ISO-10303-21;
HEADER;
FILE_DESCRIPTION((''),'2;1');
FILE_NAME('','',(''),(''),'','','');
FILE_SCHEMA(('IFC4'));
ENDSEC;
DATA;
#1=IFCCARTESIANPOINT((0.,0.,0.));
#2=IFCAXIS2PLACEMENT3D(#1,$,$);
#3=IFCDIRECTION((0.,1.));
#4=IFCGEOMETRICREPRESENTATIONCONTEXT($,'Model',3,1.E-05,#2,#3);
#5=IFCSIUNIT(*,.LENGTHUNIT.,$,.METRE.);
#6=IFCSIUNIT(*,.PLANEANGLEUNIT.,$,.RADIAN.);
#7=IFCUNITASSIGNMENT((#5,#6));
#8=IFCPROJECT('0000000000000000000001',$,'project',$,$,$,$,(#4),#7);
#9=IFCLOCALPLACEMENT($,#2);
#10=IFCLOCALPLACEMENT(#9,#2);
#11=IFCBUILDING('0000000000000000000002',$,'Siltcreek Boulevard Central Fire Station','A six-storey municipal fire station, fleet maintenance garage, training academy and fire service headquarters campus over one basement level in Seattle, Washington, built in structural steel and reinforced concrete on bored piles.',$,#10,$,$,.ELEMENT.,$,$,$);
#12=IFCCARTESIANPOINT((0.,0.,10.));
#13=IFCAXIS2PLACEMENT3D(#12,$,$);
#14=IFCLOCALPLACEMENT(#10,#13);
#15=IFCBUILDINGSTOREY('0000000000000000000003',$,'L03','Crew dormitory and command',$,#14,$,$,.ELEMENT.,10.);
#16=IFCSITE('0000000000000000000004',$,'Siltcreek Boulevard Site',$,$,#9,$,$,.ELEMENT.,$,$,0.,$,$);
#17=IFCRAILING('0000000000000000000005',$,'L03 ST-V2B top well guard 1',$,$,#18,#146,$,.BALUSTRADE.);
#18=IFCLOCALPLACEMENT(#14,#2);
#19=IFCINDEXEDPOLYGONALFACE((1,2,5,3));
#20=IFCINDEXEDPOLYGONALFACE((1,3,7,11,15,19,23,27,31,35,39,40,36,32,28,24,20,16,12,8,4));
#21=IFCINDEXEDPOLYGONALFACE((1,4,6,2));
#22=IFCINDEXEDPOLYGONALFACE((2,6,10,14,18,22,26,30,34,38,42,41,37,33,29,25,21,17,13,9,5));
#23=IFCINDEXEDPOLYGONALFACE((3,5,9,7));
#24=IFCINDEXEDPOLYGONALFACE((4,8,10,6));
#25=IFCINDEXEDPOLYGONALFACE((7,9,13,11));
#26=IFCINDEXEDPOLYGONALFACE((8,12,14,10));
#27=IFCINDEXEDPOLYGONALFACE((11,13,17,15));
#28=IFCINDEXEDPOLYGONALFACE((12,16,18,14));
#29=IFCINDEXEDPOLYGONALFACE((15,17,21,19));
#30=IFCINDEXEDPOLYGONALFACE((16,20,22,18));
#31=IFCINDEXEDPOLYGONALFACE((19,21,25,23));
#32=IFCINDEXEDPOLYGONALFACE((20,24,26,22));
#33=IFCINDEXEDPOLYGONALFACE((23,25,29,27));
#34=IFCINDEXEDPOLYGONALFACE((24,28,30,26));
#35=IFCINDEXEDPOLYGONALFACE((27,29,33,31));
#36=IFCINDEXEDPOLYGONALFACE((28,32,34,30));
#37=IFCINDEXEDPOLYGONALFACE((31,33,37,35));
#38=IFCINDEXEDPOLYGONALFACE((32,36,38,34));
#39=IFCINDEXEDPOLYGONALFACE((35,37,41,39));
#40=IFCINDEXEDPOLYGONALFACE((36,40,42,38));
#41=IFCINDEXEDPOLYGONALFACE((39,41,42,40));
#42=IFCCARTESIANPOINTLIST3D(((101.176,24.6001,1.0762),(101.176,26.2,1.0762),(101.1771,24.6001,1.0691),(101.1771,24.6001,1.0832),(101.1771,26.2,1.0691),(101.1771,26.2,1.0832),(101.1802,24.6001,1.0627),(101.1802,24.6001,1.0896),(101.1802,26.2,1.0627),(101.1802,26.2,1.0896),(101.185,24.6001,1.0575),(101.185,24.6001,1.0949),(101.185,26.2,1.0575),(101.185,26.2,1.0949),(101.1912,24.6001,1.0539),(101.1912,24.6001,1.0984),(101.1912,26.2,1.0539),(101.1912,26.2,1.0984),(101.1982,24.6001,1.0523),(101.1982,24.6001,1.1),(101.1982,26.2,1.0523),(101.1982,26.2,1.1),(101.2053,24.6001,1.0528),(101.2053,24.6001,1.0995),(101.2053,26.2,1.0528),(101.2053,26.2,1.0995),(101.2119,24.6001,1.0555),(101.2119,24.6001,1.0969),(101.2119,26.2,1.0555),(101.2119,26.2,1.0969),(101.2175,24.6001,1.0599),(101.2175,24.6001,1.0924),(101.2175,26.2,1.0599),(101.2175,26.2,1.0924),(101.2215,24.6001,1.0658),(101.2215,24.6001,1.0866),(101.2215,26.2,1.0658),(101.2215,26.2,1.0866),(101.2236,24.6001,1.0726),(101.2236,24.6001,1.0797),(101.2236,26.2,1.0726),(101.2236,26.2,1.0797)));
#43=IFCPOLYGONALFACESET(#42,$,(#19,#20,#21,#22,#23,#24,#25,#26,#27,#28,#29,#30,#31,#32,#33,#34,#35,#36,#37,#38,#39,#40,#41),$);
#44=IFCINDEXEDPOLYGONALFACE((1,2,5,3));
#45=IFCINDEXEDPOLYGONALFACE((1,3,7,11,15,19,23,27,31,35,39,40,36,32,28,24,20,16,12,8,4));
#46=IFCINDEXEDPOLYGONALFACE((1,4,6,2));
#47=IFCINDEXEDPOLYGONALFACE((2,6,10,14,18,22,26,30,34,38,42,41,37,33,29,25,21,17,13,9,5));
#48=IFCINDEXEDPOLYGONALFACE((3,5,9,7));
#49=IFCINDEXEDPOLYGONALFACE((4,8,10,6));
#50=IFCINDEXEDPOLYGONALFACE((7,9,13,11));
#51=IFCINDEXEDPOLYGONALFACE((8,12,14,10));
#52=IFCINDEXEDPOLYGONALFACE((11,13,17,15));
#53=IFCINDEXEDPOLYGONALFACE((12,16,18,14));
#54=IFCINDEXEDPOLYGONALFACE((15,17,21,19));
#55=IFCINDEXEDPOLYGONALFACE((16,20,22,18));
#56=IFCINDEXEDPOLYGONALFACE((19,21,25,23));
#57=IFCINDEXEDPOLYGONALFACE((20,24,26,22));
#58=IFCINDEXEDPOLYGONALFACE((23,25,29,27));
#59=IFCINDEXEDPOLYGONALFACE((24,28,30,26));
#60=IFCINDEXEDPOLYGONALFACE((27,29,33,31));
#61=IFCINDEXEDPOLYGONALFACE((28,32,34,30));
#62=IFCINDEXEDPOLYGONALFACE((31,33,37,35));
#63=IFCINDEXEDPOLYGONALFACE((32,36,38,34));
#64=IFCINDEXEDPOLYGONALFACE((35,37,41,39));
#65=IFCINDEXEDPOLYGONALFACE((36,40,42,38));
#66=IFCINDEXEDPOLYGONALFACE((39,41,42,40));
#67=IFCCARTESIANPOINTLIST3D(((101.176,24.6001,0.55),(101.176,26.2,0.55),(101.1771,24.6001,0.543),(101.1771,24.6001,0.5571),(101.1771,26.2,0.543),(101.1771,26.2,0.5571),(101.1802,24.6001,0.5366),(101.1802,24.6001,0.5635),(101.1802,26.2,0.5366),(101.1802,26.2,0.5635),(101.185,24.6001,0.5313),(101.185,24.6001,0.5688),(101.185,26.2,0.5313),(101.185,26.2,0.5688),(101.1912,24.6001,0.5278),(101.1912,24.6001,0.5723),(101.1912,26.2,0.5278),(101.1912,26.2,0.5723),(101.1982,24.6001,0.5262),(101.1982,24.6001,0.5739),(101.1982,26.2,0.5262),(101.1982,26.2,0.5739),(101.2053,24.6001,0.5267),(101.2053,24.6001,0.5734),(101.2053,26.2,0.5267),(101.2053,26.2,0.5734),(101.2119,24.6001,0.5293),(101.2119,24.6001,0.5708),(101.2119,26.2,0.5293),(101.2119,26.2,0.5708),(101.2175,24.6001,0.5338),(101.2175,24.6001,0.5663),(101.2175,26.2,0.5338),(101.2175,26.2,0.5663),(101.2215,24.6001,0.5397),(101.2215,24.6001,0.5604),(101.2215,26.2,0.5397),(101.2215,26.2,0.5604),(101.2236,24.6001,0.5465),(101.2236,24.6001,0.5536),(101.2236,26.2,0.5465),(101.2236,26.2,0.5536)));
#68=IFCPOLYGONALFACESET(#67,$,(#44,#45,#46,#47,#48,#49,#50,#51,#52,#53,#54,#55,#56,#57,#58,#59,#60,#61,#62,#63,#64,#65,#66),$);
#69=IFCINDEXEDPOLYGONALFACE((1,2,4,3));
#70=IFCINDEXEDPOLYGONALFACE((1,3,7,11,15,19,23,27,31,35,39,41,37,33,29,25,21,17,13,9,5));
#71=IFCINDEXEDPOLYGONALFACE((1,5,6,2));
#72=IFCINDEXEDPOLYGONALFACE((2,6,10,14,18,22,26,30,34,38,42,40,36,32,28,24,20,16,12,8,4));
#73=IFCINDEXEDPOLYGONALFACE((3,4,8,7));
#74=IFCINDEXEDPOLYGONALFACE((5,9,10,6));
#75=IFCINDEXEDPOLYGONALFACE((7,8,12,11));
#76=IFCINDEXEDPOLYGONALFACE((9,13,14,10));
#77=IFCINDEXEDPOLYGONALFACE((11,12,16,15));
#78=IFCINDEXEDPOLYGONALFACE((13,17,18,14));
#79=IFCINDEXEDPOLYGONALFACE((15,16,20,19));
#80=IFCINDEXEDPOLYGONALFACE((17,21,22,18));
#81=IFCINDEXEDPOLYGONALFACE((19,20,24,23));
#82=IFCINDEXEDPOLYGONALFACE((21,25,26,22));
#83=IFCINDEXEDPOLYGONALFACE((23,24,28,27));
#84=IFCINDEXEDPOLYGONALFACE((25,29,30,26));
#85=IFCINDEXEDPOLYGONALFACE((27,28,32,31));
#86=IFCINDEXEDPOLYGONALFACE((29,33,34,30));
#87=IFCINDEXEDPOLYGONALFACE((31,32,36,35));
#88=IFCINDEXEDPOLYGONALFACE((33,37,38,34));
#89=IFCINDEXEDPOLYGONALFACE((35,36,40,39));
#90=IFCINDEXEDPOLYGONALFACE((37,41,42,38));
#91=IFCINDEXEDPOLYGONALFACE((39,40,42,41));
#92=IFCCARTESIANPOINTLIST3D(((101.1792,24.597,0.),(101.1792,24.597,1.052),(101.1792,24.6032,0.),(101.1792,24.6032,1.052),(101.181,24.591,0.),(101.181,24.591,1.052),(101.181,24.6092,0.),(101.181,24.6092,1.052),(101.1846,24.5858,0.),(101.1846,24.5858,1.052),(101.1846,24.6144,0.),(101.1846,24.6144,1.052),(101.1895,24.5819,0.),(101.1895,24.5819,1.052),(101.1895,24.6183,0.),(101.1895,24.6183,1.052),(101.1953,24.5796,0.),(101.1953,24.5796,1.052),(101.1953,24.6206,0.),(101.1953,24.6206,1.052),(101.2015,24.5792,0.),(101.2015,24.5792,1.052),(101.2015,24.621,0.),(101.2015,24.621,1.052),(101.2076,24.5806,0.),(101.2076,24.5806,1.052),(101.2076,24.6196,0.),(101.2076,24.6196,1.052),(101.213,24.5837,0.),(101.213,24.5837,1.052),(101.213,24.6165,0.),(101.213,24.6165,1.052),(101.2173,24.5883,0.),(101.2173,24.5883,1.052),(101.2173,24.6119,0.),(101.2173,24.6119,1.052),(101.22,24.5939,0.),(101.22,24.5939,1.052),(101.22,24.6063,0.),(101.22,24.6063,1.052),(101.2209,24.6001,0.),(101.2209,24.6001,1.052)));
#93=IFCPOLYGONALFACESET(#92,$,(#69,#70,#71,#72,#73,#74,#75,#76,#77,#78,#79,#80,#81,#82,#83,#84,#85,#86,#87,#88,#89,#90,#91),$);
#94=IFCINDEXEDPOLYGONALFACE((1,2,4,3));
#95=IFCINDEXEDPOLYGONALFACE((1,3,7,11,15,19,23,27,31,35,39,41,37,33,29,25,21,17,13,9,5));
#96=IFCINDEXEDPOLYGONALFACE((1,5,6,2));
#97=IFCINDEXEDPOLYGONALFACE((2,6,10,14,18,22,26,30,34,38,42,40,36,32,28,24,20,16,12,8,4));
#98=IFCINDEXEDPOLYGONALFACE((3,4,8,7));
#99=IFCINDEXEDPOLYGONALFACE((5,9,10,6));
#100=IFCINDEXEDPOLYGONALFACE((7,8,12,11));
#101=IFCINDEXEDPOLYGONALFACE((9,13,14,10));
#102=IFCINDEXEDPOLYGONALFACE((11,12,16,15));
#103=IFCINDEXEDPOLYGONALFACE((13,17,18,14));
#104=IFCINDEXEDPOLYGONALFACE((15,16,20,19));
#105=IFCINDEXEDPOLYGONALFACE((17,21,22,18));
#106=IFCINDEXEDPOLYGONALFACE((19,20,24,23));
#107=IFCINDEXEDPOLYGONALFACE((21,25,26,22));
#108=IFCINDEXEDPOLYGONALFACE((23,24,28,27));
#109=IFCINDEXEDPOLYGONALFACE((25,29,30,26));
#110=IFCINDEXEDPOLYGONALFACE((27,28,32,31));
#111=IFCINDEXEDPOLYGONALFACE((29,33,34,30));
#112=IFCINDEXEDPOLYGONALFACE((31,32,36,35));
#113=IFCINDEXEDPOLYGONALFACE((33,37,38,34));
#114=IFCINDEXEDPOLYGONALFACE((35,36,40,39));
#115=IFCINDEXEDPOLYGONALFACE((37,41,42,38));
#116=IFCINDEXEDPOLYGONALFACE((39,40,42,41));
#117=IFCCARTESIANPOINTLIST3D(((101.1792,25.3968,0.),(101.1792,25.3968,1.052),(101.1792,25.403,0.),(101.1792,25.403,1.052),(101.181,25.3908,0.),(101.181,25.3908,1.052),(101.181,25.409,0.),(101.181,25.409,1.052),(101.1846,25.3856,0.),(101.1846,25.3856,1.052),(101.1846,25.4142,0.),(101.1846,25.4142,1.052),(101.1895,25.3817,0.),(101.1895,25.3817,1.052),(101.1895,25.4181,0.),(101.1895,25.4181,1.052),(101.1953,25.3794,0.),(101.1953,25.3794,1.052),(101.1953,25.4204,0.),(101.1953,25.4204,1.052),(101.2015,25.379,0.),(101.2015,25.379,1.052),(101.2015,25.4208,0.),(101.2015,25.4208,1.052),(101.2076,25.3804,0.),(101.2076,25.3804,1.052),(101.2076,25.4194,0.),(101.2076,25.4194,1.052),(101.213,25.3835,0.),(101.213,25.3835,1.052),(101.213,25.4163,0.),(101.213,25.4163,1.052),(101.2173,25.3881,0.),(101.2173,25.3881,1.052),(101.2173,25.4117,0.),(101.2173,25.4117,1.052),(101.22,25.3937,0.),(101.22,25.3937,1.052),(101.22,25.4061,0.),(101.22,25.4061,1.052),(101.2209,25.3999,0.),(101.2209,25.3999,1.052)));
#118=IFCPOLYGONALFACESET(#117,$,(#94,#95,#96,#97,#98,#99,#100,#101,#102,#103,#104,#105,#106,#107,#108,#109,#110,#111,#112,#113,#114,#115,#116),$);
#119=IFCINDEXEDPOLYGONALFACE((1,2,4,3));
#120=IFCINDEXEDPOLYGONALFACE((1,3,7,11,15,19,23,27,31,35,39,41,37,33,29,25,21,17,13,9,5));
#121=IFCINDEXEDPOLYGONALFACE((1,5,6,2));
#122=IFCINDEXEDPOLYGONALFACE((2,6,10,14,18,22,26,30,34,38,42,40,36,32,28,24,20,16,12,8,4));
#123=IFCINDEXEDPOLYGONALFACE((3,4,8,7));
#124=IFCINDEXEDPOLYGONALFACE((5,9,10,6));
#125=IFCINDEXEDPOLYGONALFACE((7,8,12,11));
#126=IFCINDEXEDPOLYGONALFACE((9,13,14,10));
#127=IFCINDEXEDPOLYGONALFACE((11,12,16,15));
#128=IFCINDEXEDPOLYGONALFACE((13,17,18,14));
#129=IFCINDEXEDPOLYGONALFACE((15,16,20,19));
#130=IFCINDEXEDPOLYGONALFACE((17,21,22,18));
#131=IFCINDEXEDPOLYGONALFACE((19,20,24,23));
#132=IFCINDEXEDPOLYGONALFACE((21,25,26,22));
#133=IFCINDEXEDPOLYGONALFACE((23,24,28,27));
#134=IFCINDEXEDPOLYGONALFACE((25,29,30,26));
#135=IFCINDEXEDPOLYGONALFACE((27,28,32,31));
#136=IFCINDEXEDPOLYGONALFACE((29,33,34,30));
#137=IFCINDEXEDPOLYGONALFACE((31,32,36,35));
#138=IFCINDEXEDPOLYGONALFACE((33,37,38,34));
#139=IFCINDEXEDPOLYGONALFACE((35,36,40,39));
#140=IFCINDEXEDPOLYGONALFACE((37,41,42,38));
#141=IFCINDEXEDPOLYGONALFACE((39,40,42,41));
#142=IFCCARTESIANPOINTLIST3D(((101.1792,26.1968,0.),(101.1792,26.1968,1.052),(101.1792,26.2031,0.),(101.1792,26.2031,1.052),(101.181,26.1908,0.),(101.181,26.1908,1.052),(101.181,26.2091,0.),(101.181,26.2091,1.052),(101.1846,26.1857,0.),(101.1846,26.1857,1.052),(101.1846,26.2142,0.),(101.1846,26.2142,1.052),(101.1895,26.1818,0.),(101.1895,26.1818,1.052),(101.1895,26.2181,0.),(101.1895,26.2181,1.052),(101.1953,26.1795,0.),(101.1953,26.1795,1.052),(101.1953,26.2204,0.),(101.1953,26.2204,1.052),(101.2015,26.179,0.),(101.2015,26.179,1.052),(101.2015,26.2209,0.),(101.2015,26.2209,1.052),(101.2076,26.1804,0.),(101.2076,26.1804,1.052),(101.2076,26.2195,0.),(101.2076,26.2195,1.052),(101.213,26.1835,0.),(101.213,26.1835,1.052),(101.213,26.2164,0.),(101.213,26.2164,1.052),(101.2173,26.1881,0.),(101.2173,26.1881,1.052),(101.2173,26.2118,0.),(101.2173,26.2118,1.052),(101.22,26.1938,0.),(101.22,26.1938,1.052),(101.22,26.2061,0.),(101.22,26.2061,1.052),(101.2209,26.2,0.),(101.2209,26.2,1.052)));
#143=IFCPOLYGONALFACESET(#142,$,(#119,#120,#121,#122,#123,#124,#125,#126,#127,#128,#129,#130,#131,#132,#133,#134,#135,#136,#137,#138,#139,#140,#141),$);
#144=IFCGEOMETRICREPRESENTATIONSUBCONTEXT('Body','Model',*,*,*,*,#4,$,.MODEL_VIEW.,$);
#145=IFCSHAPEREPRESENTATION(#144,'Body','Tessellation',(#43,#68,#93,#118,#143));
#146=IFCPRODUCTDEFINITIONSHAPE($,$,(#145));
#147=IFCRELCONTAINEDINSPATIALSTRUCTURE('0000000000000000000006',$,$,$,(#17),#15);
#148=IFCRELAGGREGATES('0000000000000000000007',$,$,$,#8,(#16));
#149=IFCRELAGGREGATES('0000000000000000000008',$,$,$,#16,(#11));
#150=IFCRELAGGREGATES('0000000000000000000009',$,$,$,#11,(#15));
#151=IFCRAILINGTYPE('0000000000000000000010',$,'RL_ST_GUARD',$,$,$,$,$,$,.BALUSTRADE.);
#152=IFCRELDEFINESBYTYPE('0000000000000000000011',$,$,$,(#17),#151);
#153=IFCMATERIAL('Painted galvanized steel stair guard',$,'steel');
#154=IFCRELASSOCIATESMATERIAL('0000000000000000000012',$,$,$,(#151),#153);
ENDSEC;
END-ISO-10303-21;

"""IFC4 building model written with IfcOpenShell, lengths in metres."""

from ifc_helpers import new_model, si_unit, direction, frame, origin, origin_2d, place, context, subcontext, project, spatial, circle, extrude, material, type_object, element, save


model = new_model("IFC4")

# Units and contexts
model_context = context("Model", 3, precision=1e-05, world=origin(), true_north=direction((0.0, 1.0)))
body_context = subcontext(model_context, "Body", "Model", "MODEL_VIEW")
ifc_project = project(units=[si_unit("LENGTHUNIT", "METRE"), si_unit("PLANEANGLEUNIT", "RADIAN")], contexts=[model_context])

# Site, building, storey
site_placement = place(None, origin())
site = spatial("IfcSite", under=ifc_project, at=site_placement, Name="Siltcreek Boulevard Site", CompositionType="ELEMENT", RefElevation=0.0)
building_placement = place(site_placement, origin())
building = spatial("IfcBuilding", under=site, at=building_placement, Name="Siltcreek Boulevard Central Fire Station", Description="A six-storey municipal fire station, fleet maintenance garage, training academy and fire service headquarters campus over one basement level in Seattle, Washington, built in structural steel and reinforced concrete on bored piles.", CompositionType="ELEMENT")
storey_placement = place(building_placement, frame((0.0, 0.0, 10.0)))
storey = spatial("IfcBuildingStorey", under=building, at=storey_placement, Name="L03", Description="Crew dormitory and command", CompositionType="ELEMENT", Elevation=10.0)

# Railing
ifc_material_1 = material(Name="Painted galvanized steel stair guard", Category="steel")
railing_type = type_object("IfcRailingType", Name="RL_ST_GUARD", PredefinedType="BALUSTRADE", material=ifc_material_1)
railing_placement = place(storey_placement, frame((101.2, 24.6001, 0.0)))
element("IfcRailing", 1, at=railing_placement, inside=storey, type_object=railing_type, Name="L03 ST-V2B top well guard 1", PredefinedType="BALUSTRADE", context=body_context, shape_type="SweptSolid", body=[
    extrude(circle(Radius=0.0239, at=origin_2d()), frame((0.0, 0.0, 1.0762), z_axis=(0.0, 1.0, 0.0), x_axis=(-1.0, 0.0, 0.0)), (0.0, 0.0, 1.0), 1.5999),
    extrude(circle(Radius=0.0239, at=origin_2d()), frame((0.0, 0.0, 0.55), z_axis=(0.0, 1.0, 0.0), x_axis=(-1.0, 0.0, 0.0)), (0.0, 0.0, 1.0), 1.5999),
    extrude(circle(Radius=0.021, at=origin_2d()), origin(), (0.0, 0.0, 1.0), 1.052),
    extrude(circle(Radius=0.021, at=origin_2d()), frame((0.0, 0.7998, 0.0)), (0.0, 0.0, 1.0), 1.052),
    extrude(circle(Radius=0.021, at=origin_2d()), frame((0.0, 1.5999, 0.0)), (0.0, 0.0, 1.0), 1.052),
])

save(model, "model.ifc")
